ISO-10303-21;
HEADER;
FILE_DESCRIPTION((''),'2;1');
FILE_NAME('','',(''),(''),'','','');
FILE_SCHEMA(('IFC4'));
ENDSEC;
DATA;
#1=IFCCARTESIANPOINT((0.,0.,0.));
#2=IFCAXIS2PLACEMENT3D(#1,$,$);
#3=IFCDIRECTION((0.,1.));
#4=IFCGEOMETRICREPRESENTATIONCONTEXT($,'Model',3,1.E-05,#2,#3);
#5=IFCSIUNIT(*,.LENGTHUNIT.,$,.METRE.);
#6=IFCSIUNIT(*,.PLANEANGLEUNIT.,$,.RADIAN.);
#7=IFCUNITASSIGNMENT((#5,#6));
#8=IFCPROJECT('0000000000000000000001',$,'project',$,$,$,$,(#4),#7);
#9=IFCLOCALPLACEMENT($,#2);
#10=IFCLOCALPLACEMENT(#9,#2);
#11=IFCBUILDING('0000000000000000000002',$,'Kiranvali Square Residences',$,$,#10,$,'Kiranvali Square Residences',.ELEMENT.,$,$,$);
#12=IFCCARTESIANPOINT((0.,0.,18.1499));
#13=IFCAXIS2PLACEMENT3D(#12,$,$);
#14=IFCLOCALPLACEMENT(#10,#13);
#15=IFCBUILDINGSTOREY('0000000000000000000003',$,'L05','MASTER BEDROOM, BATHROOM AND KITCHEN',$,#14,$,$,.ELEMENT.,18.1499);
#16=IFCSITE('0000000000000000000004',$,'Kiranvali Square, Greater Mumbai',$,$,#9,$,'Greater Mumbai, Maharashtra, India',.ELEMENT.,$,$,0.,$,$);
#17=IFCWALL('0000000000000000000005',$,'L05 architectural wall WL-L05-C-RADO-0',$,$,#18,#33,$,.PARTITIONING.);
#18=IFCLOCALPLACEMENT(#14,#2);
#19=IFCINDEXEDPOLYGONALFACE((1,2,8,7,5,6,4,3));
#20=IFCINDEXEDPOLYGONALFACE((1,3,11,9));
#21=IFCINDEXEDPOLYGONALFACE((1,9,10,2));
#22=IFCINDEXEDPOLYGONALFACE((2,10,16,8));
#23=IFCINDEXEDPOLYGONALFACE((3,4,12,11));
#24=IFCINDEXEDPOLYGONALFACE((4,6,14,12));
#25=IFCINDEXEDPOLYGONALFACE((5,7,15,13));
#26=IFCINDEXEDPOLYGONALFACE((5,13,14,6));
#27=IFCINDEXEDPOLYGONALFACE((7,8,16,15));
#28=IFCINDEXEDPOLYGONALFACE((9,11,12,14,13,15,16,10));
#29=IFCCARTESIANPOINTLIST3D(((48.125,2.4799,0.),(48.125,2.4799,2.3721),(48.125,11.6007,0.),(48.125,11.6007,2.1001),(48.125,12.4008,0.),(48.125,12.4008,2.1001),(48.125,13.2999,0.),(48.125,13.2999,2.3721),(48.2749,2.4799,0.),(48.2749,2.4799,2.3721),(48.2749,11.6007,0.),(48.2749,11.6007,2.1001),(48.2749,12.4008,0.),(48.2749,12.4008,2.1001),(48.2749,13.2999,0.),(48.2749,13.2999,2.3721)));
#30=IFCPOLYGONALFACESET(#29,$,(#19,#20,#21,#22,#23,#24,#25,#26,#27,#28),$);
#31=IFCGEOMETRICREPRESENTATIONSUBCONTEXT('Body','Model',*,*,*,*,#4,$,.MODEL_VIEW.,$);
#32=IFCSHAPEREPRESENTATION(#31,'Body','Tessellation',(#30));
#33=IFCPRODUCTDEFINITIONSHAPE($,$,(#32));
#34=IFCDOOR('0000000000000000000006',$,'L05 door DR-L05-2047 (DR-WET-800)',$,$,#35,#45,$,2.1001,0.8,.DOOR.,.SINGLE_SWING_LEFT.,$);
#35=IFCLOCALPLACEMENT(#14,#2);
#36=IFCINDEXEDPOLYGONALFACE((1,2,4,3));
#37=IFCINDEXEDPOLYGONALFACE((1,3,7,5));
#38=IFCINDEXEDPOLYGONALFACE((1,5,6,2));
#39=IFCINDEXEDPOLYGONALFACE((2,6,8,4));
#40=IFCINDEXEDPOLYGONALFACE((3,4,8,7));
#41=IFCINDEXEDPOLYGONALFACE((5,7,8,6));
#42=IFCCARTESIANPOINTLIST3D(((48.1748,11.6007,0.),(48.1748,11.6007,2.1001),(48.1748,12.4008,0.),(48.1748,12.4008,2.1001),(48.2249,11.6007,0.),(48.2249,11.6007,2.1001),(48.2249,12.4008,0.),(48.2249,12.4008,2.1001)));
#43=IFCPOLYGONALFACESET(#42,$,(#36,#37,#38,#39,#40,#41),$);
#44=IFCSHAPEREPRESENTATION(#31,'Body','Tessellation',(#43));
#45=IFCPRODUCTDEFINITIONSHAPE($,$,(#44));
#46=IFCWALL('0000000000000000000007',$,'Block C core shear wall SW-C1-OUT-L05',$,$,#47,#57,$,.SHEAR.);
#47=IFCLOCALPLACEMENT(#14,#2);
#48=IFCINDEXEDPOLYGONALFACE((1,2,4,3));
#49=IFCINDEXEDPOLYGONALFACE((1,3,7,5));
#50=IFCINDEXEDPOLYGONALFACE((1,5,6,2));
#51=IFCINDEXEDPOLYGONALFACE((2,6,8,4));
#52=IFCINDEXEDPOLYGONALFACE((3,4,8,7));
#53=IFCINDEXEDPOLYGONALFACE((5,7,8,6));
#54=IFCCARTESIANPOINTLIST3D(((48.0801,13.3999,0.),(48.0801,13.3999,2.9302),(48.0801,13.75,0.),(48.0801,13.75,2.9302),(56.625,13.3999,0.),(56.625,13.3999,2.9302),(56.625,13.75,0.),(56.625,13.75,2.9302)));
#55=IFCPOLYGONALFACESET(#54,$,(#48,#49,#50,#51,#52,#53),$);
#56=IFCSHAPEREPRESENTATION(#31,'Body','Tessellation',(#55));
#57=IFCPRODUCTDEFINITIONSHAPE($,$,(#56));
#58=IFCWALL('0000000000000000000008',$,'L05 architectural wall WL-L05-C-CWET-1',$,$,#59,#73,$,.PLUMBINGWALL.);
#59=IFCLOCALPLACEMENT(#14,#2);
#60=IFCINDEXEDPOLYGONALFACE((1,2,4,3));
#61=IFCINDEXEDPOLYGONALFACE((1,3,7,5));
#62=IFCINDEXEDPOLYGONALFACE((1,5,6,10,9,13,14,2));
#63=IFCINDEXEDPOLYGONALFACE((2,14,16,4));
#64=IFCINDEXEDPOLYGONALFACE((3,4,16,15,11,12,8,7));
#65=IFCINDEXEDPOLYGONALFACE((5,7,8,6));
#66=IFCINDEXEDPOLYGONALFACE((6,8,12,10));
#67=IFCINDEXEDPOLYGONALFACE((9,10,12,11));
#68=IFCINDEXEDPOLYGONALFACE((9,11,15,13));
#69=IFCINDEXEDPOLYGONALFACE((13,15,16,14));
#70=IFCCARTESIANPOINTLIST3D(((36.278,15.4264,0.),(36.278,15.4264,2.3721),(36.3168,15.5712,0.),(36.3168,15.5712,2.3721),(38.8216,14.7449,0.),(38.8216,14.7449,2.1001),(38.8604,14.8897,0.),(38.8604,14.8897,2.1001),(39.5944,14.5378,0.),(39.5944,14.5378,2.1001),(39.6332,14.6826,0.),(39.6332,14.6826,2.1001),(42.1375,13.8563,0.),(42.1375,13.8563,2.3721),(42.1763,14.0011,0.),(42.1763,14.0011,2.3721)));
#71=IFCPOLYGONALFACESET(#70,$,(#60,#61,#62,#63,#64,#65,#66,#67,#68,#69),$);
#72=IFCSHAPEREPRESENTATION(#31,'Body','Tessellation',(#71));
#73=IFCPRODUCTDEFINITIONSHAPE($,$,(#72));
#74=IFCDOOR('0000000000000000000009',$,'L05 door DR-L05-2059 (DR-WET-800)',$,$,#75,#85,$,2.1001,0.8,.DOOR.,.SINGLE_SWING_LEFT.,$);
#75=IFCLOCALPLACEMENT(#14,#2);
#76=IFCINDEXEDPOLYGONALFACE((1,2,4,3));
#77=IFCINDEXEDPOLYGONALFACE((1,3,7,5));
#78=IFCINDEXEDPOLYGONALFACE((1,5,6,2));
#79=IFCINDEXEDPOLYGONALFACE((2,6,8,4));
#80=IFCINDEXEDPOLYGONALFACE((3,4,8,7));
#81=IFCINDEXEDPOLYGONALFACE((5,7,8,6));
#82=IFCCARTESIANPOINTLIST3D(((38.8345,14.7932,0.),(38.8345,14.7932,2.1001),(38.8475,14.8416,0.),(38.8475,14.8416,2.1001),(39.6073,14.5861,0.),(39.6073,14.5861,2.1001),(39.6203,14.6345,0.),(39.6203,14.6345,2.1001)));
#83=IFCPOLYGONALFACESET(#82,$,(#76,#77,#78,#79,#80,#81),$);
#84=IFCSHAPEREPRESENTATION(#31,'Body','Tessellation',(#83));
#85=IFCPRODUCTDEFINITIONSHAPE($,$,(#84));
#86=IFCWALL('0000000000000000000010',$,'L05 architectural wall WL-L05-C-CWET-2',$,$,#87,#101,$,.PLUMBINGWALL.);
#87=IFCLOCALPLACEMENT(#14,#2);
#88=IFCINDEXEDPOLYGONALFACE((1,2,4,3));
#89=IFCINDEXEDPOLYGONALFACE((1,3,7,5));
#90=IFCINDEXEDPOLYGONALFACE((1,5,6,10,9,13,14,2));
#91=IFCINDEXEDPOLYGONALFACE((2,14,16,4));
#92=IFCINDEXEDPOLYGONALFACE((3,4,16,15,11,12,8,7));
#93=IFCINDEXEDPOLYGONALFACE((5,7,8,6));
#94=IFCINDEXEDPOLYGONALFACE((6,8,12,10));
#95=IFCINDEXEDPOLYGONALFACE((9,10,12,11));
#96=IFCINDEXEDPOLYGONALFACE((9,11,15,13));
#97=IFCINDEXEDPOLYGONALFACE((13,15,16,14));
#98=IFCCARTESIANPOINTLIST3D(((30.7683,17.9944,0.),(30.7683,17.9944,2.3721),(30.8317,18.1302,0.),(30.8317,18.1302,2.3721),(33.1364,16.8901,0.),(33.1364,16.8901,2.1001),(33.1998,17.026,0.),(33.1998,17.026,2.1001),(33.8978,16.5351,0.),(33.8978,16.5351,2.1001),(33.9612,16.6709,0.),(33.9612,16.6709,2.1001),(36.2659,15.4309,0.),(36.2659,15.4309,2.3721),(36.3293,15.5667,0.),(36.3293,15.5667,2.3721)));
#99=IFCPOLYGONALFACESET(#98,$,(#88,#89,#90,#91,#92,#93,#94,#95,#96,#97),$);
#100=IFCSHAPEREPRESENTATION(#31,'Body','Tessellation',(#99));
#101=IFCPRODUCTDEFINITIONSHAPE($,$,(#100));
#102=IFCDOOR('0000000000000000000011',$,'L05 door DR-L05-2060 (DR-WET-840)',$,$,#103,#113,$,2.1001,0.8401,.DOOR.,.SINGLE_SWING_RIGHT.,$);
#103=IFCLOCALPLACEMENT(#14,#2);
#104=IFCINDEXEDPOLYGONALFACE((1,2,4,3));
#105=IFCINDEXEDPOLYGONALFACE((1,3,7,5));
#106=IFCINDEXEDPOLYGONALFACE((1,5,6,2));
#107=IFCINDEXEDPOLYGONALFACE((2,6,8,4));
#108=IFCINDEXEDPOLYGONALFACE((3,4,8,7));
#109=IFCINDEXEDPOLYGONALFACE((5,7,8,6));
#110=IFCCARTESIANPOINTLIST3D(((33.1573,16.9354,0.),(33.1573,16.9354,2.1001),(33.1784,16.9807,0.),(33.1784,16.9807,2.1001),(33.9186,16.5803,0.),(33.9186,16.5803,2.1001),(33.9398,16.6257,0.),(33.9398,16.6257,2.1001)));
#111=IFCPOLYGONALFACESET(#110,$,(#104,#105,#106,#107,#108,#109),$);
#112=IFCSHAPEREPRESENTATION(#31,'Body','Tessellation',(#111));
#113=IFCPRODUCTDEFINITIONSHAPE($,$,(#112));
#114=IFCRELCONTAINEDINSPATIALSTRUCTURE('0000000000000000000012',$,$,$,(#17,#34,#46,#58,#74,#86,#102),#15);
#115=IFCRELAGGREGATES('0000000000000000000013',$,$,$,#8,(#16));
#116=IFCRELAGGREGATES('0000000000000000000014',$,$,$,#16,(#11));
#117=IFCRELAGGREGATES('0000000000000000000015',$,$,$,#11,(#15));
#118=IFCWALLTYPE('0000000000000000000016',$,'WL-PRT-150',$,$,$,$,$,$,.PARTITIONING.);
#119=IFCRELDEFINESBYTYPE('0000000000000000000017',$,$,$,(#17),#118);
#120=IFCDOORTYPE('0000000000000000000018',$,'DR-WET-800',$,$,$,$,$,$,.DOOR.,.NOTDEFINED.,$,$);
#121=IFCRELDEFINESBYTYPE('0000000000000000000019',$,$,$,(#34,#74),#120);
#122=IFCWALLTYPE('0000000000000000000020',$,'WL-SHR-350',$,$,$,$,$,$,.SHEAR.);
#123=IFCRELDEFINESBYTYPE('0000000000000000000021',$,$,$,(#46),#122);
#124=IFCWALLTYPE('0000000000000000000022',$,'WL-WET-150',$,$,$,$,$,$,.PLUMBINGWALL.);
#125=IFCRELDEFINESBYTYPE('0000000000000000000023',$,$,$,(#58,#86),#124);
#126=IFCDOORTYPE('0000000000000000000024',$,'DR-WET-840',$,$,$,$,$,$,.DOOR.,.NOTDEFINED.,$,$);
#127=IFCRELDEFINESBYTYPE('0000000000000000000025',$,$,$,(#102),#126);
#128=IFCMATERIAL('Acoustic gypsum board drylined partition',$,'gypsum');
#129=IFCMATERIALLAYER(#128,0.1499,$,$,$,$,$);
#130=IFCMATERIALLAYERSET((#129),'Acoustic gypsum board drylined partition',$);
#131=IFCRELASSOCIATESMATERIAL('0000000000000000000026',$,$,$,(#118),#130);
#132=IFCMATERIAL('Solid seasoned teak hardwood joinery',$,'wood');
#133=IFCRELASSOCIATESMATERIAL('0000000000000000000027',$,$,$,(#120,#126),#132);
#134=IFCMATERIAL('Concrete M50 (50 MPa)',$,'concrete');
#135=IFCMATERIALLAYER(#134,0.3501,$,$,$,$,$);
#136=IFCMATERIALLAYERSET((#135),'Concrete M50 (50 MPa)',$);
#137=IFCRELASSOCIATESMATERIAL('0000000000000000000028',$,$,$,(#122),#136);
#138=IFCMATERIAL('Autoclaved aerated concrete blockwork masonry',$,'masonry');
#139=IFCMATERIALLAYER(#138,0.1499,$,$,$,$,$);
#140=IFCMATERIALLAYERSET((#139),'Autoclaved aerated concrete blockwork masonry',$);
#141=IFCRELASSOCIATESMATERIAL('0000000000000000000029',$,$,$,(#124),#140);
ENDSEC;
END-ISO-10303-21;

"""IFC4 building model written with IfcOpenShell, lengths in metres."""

from ifc_helpers import new_model, si_unit, direction, frame, frame_2d, origin, place, context, subcontext, project, spatial, rectangle, extrude, material, layer, layer_set, type_object, element, fill, save


model = new_model("IFC4")

# Units and contexts
model_context = context("Model", 3, precision=1e-05, world=origin(), true_north=direction((0.0, 1.0)))
body_context = subcontext(model_context, "Body", "Model", "MODEL_VIEW")
ifc_project = project(units=[si_unit("LENGTHUNIT", "METRE"), si_unit("PLANEANGLEUNIT", "RADIAN")], contexts=[model_context])

# Site, building, storey
site_placement = place(None, origin())
site = spatial("IfcSite", under=ifc_project, at=site_placement, Name="Kiranvali Square, Greater Mumbai", LongName="Greater Mumbai, Maharashtra, India", CompositionType="ELEMENT", RefElevation=0.0)
building_placement = place(site_placement, origin())
building = spatial("IfcBuilding", under=site, at=building_placement, Name="Kiranvali Square Residences", LongName="Kiranvali Square Residences", CompositionType="ELEMENT")
storey_placement = place(building_placement, frame((0.0, 0.0, 18.1499)))
storey = spatial("IfcBuildingStorey", under=building, at=storey_placement, Name="L05", Description="MASTER BEDROOM, BATHROOM AND KITCHEN", CompositionType="ELEMENT", Elevation=18.1499)

# Wall, opening, door
ifc_material_1 = material(Name="Acoustic gypsum board drylined partition", Category="gypsum")
ifc_layer_1 = layer(ifc_material_1, 0.1499)
ifc_layer_set_1 = layer_set([ifc_layer_1], Name="Acoustic gypsum board drylined partition")
wall_type_1 = type_object("IfcWallType", Name="WL-PRT-150", PredefinedType="PARTITIONING", material=ifc_layer_set_1)
wall_1_placement = place(storey_placement, frame((48.2, 13.3, 0.0), z_axis=(0.0, 0.0, 1.0), x_axis=(0.0, -1.0, 0.0)))
wall_1 = element("IfcWall", 1, at=wall_1_placement, inside=storey, type_object=wall_type_1, Name="L05 architectural wall WL-L05-C-RADO-0", PredefinedType="PARTITIONING", context=body_context, shape_type="SweptSolid", body=[
    extrude(rectangle(XDim=10.8201, YDim=0.1499, at=frame_2d((5.4102, 0.0))), origin(), (0.0, 0.0, 1.0), 2.3721),
])
opening_1_placement = place(wall_1_placement, frame((0.8994, 0.0, 0.0)))
opening_1 = element("IfcOpeningElement", 2, at=opening_1_placement, cuts=wall_1, PredefinedType="OPENING", context=body_context, shape_type="SweptSolid", body=[
    extrude(rectangle(XDim=0.8, YDim=2.1001, at=frame_2d((0.3999, 1.05))), frame((0.0, 0.085, 0.0), z_axis=(0.0, -1.0, 0.0), x_axis=(1.0, 0.0, 0.0)), (0.0, 0.0, 1.0), 0.1699),
])
ifc_material_2 = material(Name="Solid seasoned teak hardwood joinery", Category="wood")
door_type_1 = type_object("IfcDoorType", Name="DR-WET-800", OperationType="NOTDEFINED", PredefinedType="DOOR", material=ifc_material_2)
door_1_placement = place(opening_1_placement, origin())
door_1 = element("IfcDoor", 3, at=door_1_placement, inside=storey, type_object=door_type_1, Name="L05 door DR-L05-2047 (DR-WET-800)", OperationType="SINGLE_SWING_LEFT", OverallHeight=2.1001, OverallWidth=0.8, PredefinedType="DOOR", context=body_context, shape_type="SweptSolid", body=[
    extrude(rectangle(XDim=0.8, YDim=2.1001, at=frame_2d((0.3999, 1.05))), frame((0.0, 0.0249, 0.0), z_axis=(0.0, -1.0, 0.0), x_axis=(1.0, 0.0, 0.0)), (0.0, 0.0, 1.0), 0.05),
])
fill(opening_1, door_1)

# Wall
ifc_material_3 = material(Name="Concrete M50 (50 MPa)", Category="concrete")
ifc_layer_2 = layer(ifc_material_3, 0.3501)
ifc_layer_set_2 = layer_set([ifc_layer_2], Name="Concrete M50 (50 MPa)")
wall_type_2 = type_object("IfcWallType", Name="WL-SHR-350", PredefinedType="SHEAR", material=ifc_layer_set_2)
wall_2_placement = place(storey_placement, frame((48.0801, 13.575, 0.0), z_axis=(0.0, 0.0, 1.0), x_axis=(1.0, 0.0, 0.0)))
element("IfcWall", 4, at=wall_2_placement, inside=storey, type_object=wall_type_2, Name="Block C core shear wall SW-C1-OUT-L05", PredefinedType="SHEAR", context=body_context, shape_type="SweptSolid", body=[
    extrude(rectangle(XDim=8.5449, YDim=0.3501, at=frame_2d((4.2725, 0.0))), origin(), (0.0, 0.0, 1.0), 2.9302),
])

# Walls, openings, doors
ifc_material_4 = material(Name="Autoclaved aerated concrete blockwork masonry", Category="masonry")
ifc_layer_3 = layer(ifc_material_4, 0.1499)
ifc_layer_set_3 = layer_set([ifc_layer_3], Name="Autoclaved aerated concrete blockwork masonry")
wall_type_3 = type_object("IfcWallType", Name="WL-WET-150", PredefinedType="PLUMBINGWALL", material=ifc_layer_set_3)
wall_3_placement = place(storey_placement, frame((42.157, 13.9287, 0.0), z_axis=(0.0, 0.0, 1.0), x_axis=(-0.965924, 0.258827, 0.0)))
wall_3 = element("IfcWall", 5, at=wall_3_placement, inside=storey, type_object=wall_type_3, Name="L05 architectural wall WL-L05-C-CWET-1", PredefinedType="PLUMBINGWALL", context=body_context, shape_type="SweptSolid", body=[
    extrude(rectangle(XDim=6.0662, YDim=0.1499, at=frame_2d((3.0332, 0.0))), origin(), (0.0, 0.0, 1.0), 2.3721),
])
opening_2_placement = place(wall_3_placement, frame((2.6331, 0.0, 0.0)))
opening_2 = element("IfcOpeningElement", 6, at=opening_2_placement, cuts=wall_3, PredefinedType="OPENING", context=body_context, shape_type="SweptSolid", body=[
    extrude(rectangle(XDim=0.8, YDim=2.1001, at=frame_2d((0.3999, 1.05))), frame((0.0, 0.085, 0.0), z_axis=(0.0, -1.0, 0.0), x_axis=(1.0, 0.0, 0.0)), (0.0, 0.0, 1.0), 0.1699),
])
door_2_placement = place(opening_2_placement, origin())
door_2 = element("IfcDoor", 7, at=door_2_placement, inside=storey, type_object=door_type_1, Name="L05 door DR-L05-2059 (DR-WET-800)", OperationType="SINGLE_SWING_LEFT", OverallHeight=2.1001, OverallWidth=0.8, PredefinedType="DOOR", context=body_context, shape_type="SweptSolid", body=[
    extrude(rectangle(XDim=0.8, YDim=2.1001, at=frame_2d((0.3999, 1.05))), frame((0.0, 0.0249, 0.0), z_axis=(0.0, -1.0, 0.0), x_axis=(1.0, 0.0, 0.0)), (0.0, 0.0, 1.0), 0.05),
])
fill(opening_2, door_2)
wall_4_placement = place(storey_placement, frame((36.2976, 15.4988, 0.0), z_axis=(0.0, 0.0, 1.0), x_axis=(-0.906313, 0.422608, 0.0)))
wall_4 = element("IfcWall", 8, at=wall_4_placement, inside=storey, type_object=wall_type_3, Name="L05 architectural wall WL-L05-C-CWET-2", PredefinedType="PLUMBINGWALL", context=body_context, shape_type="SweptSolid", body=[
    extrude(rectangle(XDim=6.0659, YDim=0.1499, at=frame_2d((3.033, 0.0))), origin(), (0.0, 0.0, 1.0), 2.3721),
])
opening_3_placement = place(wall_4_placement, frame((2.613, 0.0, 0.0)))
opening_3 = element("IfcOpeningElement", 9, at=opening_3_placement, cuts=wall_4, PredefinedType="OPENING", context=body_context, shape_type="SweptSolid", body=[
    extrude(rectangle(XDim=0.8401, YDim=2.1001, at=frame_2d((0.4199, 1.05))), frame((0.0, 0.085, 0.0), z_axis=(0.0, -1.0, 0.0), x_axis=(1.0, 0.0, 0.0)), (0.0, 0.0, 1.0), 0.1699),
])
door_type_2 = type_object("IfcDoorType", Name="DR-WET-840", OperationType="NOTDEFINED", PredefinedType="DOOR", material=ifc_material_2)
door_3_placement = place(opening_3_placement, frame((0.8401, 0.0, 0.0), z_axis=(0.0, 0.0, 1.0), x_axis=(-1.0, 0.0, 0.0)))
door_3 = element("IfcDoor", 10, at=door_3_placement, inside=storey, type_object=door_type_2, Name="L05 door DR-L05-2060 (DR-WET-840)", OperationType="SINGLE_SWING_RIGHT", OverallHeight=2.1001, OverallWidth=0.8401, PredefinedType="DOOR", context=body_context, shape_type="SweptSolid", body=[
    extrude(rectangle(XDim=0.8401, YDim=2.1001, at=frame_2d((0.4199, 1.05))), frame((0.0, 0.0249, 0.0), z_axis=(0.0, -1.0, 0.0), x_axis=(1.0, 0.0, 0.0)), (0.0, 0.0, 1.0), 0.05),
])
fill(opening_3, door_3)

save(model, "model.ifc")
